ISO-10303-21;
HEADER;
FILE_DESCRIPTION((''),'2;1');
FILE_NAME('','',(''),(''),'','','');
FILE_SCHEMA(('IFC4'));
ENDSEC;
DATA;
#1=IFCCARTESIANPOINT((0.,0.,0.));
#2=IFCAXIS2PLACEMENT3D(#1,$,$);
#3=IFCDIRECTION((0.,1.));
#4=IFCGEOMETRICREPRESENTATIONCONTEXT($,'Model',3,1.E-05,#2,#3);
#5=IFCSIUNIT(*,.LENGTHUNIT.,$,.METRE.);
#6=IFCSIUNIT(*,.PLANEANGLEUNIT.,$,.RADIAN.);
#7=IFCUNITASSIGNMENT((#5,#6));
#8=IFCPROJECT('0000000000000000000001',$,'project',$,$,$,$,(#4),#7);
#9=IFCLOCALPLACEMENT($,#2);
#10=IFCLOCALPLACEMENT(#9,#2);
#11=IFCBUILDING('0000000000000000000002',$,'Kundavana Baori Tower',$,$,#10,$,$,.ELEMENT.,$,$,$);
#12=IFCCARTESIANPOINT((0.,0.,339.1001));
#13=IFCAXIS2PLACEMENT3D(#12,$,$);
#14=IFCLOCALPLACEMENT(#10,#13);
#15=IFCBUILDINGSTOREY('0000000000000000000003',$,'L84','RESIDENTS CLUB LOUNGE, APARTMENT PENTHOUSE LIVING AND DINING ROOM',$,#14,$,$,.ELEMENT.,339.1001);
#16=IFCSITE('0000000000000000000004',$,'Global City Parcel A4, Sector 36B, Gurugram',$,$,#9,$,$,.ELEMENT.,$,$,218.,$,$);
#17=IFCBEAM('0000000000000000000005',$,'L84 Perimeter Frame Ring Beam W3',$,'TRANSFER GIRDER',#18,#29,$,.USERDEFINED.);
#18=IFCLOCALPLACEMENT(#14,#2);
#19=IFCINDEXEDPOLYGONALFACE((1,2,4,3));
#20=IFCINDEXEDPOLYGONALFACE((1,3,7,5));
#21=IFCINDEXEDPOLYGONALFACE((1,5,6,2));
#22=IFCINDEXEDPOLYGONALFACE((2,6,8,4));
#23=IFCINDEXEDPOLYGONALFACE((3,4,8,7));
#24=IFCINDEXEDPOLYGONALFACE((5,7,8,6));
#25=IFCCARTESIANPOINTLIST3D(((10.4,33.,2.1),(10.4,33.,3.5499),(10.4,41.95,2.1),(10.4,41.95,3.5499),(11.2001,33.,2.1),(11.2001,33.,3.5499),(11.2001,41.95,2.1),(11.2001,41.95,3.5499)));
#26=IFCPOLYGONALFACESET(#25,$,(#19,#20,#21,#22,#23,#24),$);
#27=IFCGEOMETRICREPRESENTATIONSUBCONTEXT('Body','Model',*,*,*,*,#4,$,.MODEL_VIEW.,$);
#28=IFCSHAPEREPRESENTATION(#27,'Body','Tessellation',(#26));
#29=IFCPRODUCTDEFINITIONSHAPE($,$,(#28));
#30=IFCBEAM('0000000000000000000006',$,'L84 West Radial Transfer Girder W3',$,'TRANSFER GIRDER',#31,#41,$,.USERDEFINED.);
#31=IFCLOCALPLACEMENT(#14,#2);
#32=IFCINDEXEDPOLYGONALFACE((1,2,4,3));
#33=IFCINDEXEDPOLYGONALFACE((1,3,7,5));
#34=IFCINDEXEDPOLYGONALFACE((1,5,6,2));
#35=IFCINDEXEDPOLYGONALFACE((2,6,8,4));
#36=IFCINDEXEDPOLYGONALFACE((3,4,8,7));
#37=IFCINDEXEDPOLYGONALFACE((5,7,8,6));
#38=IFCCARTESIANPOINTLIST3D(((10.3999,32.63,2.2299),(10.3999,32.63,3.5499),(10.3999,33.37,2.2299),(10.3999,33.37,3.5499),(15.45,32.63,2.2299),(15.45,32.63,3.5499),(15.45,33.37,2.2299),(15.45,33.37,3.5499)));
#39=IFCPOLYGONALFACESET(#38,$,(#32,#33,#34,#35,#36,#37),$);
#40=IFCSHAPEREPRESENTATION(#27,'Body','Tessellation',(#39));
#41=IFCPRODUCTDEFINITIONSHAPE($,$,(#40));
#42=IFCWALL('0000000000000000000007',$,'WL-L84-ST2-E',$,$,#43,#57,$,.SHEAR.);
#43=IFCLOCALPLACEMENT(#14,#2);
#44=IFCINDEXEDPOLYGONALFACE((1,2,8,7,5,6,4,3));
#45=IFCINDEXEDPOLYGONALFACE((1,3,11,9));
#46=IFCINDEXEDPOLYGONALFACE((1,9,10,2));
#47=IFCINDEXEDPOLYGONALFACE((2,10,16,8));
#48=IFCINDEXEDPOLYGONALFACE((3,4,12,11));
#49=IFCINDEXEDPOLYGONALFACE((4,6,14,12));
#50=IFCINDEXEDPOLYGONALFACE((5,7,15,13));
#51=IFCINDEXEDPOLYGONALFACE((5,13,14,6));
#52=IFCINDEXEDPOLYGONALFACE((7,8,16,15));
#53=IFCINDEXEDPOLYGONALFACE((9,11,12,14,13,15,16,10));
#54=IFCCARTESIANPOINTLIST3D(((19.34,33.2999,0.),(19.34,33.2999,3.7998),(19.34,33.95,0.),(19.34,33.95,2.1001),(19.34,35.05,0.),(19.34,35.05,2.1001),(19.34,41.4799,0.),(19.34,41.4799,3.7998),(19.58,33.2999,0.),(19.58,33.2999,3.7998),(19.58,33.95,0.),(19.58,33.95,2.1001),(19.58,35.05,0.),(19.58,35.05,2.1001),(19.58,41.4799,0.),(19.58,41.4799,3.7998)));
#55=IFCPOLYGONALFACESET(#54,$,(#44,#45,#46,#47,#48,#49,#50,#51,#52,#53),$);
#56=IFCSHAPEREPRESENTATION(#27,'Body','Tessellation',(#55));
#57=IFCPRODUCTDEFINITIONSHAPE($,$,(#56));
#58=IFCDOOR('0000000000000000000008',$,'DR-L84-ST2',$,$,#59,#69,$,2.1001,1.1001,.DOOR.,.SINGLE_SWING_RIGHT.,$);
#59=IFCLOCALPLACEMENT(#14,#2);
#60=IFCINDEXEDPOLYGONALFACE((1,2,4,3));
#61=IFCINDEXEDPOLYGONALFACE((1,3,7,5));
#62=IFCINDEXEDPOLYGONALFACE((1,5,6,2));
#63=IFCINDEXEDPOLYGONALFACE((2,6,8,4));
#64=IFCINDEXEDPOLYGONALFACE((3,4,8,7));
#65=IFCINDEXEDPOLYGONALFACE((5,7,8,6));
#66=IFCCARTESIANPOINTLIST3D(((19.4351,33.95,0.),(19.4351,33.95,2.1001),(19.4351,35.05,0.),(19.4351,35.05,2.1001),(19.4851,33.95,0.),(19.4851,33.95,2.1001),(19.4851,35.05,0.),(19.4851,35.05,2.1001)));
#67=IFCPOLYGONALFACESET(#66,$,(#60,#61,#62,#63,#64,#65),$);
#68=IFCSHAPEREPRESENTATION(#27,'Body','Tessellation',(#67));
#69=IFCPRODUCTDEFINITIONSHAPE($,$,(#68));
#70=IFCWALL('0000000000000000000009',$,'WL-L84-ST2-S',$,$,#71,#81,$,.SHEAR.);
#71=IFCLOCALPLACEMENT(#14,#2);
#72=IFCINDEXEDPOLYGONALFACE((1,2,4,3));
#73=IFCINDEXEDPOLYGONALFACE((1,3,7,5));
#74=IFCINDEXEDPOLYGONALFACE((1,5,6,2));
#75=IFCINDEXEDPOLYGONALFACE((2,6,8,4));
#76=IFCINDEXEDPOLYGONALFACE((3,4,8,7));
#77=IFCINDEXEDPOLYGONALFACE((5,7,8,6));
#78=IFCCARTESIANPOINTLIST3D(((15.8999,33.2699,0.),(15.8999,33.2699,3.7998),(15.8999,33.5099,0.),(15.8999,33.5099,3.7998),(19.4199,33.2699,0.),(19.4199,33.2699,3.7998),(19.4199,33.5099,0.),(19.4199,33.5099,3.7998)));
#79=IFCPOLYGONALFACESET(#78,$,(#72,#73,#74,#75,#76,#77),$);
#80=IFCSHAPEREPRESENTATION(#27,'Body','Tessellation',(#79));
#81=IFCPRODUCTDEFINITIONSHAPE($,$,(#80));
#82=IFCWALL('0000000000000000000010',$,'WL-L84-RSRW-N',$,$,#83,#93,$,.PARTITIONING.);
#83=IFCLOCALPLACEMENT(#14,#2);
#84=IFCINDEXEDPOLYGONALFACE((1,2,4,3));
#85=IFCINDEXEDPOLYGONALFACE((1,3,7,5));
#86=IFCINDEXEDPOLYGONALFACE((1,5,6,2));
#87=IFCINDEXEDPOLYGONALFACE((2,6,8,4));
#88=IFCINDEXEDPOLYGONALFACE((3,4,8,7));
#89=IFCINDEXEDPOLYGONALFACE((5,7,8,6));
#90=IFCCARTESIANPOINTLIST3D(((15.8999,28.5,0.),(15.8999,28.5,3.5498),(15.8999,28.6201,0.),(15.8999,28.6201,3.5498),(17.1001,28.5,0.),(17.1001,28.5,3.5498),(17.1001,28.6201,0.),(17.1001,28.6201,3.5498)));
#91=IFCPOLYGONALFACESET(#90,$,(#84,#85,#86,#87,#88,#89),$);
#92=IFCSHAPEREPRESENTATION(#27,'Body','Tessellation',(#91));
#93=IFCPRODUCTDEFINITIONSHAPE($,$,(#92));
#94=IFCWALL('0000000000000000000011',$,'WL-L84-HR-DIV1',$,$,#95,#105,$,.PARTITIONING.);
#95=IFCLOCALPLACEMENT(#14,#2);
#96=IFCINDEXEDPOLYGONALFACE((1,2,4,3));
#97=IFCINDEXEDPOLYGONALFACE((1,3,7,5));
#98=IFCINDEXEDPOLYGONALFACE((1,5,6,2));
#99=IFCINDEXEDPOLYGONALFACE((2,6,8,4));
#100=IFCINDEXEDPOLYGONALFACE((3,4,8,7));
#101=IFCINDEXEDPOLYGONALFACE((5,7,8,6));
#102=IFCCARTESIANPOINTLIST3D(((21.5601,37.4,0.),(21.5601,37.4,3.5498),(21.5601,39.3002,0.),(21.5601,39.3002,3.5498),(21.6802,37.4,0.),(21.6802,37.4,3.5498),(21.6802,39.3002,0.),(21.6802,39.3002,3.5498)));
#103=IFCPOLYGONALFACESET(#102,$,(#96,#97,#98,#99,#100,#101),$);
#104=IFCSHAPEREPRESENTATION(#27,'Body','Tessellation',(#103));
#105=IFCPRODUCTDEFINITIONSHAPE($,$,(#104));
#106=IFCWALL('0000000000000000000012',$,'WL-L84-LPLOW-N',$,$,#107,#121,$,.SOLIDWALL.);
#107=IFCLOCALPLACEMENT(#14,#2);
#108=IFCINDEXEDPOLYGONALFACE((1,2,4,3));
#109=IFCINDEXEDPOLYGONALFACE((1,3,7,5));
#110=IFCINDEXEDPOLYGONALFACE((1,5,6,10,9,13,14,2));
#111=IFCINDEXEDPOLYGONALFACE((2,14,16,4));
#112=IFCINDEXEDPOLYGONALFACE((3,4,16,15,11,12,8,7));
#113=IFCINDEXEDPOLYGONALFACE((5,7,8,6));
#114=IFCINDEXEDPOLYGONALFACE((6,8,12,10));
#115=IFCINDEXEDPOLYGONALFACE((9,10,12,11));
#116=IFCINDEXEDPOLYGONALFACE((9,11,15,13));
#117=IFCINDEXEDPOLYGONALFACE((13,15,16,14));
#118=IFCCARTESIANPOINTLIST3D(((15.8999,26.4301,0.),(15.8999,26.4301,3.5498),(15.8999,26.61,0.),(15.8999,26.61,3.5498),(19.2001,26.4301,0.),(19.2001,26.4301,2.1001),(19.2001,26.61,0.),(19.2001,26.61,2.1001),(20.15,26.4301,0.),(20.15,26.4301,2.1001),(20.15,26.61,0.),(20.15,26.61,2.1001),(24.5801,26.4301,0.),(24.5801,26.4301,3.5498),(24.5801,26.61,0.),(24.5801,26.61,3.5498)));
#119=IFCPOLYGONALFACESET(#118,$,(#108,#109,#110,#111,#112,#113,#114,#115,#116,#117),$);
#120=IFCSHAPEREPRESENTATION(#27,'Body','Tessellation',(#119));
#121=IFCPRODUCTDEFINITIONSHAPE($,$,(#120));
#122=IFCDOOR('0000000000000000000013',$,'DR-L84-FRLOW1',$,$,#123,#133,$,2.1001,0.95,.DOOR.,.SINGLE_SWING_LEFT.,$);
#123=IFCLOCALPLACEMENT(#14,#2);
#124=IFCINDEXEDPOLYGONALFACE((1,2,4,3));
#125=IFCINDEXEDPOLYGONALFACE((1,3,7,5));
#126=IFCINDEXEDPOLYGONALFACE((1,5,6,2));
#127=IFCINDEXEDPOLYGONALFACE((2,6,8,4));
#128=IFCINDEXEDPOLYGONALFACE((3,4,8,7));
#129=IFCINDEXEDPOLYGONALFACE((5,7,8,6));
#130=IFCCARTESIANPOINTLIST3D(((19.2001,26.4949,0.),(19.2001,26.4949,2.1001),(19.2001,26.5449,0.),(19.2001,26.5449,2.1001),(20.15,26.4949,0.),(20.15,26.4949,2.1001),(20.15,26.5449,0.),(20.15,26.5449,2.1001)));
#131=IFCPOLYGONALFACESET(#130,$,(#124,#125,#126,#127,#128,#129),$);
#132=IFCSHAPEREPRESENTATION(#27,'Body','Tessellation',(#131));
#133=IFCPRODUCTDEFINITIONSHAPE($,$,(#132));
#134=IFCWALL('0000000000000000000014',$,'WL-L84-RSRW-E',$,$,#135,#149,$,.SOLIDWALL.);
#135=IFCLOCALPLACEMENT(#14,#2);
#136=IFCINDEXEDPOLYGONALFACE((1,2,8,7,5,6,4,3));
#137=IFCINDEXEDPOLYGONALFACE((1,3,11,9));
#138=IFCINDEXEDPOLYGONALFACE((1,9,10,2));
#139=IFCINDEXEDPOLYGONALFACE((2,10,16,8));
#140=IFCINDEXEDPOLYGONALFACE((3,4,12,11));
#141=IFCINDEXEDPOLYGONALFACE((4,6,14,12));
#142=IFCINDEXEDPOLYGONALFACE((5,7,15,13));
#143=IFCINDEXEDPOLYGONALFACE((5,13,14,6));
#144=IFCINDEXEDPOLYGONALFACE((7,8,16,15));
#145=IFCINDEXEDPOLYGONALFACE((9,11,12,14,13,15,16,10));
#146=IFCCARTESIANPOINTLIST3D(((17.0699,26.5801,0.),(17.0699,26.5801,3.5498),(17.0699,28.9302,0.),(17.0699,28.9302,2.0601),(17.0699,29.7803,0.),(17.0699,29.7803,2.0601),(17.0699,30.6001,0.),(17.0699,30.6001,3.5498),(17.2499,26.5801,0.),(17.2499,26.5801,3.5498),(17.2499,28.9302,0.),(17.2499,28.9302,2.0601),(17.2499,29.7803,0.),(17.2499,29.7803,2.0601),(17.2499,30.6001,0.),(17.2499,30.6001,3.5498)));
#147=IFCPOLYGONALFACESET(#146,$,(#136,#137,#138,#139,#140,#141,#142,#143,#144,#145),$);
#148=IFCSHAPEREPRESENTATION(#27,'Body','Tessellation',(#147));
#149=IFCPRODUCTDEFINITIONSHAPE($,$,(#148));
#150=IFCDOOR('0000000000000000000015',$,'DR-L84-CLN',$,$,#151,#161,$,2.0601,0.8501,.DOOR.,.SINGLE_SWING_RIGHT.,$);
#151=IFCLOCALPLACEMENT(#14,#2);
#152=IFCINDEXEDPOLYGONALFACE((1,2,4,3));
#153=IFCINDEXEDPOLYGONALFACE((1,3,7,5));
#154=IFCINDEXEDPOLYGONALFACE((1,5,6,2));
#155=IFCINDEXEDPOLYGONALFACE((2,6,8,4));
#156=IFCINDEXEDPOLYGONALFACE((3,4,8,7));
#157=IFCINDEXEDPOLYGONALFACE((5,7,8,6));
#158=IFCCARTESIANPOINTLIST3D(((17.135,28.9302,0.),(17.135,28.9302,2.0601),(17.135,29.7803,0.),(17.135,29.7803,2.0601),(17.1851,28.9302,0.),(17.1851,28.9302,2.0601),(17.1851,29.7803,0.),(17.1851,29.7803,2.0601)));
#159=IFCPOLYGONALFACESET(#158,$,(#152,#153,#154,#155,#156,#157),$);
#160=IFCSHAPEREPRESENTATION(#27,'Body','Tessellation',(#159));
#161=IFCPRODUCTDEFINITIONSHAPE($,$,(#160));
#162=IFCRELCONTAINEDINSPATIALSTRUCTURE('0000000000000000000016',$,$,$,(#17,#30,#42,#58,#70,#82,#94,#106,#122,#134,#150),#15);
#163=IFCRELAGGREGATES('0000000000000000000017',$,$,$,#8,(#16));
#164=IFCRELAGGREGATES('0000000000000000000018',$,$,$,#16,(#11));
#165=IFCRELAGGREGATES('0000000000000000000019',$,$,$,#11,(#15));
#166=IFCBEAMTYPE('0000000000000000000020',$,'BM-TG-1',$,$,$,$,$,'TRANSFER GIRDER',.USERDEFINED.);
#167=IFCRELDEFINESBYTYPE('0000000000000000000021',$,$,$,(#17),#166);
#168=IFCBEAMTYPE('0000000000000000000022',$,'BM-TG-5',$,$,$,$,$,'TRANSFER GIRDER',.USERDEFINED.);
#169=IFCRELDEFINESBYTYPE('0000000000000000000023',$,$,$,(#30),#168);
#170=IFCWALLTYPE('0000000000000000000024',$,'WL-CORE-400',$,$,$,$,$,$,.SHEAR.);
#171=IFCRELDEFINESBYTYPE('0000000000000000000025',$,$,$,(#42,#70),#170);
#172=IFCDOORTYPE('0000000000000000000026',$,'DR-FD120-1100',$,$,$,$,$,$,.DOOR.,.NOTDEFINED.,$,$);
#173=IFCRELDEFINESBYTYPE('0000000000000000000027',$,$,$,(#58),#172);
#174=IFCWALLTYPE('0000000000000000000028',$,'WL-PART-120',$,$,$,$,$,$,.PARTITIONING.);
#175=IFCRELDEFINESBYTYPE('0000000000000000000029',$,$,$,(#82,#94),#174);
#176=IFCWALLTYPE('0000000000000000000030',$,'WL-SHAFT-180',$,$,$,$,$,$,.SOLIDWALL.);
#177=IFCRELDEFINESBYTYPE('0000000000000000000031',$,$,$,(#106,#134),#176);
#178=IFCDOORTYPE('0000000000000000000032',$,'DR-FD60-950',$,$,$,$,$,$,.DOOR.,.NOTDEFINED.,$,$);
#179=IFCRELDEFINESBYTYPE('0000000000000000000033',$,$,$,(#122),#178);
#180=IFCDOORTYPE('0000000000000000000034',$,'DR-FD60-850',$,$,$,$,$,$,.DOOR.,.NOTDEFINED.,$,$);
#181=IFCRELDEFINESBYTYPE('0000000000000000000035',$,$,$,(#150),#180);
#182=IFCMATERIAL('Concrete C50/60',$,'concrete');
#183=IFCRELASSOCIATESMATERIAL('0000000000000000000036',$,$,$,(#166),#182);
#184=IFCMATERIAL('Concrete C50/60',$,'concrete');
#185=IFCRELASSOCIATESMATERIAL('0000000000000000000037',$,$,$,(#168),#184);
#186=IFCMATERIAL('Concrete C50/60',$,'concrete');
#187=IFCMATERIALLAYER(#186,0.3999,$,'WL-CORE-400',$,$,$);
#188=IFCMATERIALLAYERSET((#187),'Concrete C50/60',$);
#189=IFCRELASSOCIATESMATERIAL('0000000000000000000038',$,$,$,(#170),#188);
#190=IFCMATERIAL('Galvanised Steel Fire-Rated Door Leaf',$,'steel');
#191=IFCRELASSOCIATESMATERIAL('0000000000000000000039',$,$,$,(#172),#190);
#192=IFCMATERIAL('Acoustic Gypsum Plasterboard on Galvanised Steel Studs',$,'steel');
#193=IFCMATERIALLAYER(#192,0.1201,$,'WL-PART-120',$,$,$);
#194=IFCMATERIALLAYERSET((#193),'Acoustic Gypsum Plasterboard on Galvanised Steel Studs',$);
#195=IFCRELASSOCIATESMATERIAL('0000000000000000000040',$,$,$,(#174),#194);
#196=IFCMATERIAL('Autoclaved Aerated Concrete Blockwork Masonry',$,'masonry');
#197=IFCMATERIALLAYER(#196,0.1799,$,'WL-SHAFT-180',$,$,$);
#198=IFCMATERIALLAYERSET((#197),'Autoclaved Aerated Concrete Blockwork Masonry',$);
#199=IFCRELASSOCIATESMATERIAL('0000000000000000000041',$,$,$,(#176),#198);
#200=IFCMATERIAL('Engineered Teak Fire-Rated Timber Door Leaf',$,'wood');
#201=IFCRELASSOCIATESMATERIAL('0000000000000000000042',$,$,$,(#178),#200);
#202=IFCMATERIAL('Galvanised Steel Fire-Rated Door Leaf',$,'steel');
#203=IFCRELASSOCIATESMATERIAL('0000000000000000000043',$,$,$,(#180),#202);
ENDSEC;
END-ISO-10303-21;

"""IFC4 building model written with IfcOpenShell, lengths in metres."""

from ifc_helpers import new_model, si_unit, direction, frame, frame_2d, origin, origin_2d, place, context, subcontext, project, spatial, rectangle, extrude, material, layer, layer_set, material_profile, profile_set, type_object, element, fill, save


model = new_model("IFC4")

# Units and contexts
model_context = context("Model", 3, precision=1e-05, world=origin(), true_north=direction((0.0, 1.0)))
body_context = subcontext(model_context, "Body", "Model", "MODEL_VIEW")
ifc_project = project(units=[si_unit("LENGTHUNIT", "METRE"), si_unit("PLANEANGLEUNIT", "RADIAN")], contexts=[model_context])

# Site, building, storey
site_placement = place(None, origin())
site = spatial("IfcSite", under=ifc_project, at=site_placement, Name="Global City Parcel A4, Sector 36B, Gurugram", CompositionType="ELEMENT", RefElevation=218.0)
building_placement = place(site_placement, origin())
building = spatial("IfcBuilding", under=site, at=building_placement, Name="Kundavana Baori Tower", CompositionType="ELEMENT")
storey_placement = place(building_placement, frame((0.0, 0.0, 339.1001)))
storey = spatial("IfcBuildingStorey", under=building, at=storey_placement, Name="L84", Description="RESIDENTS CLUB LOUNGE, APARTMENT PENTHOUSE LIVING AND DINING ROOM", CompositionType="ELEMENT", Elevation=339.1001)

# Beams
ifc_material_1 = material(Name="Concrete C50/60", Category="concrete")
ifc_material_profile_1 = material_profile(ifc_material_1, rectangle(XDim=0.8, YDim=1.45, at=origin_2d()), Name="BM-TG-1")
ifc_profile_set_1 = profile_set([ifc_material_profile_1], Name="Concrete C50/60")
beam_type_1 = type_object("IfcBeamType", Name="BM-TG-1", ElementType="TRANSFER GIRDER", PredefinedType="USERDEFINED", material=ifc_profile_set_1)
beam_1_placement = place(storey_placement, frame((10.8, 33.0, 2.825), z_axis=(0.0, 1.0, 0.0), x_axis=(-1.0, 0.0, 0.0)))
element("IfcBeam", 1, at=beam_1_placement, inside=storey, type_object=beam_type_1, Name="L84 Perimeter Frame Ring Beam W3", ObjectType="TRANSFER GIRDER", PredefinedType="USERDEFINED", context=body_context, shape_type="SweptSolid", body=[
    extrude(rectangle(XDim=0.8, YDim=1.45, at=origin_2d()), origin(), (0.0, 0.0, 1.0), 8.95),
])
ifc_material_2 = material(Name="Concrete C50/60", Category="concrete")
ifc_material_profile_2 = material_profile(ifc_material_2, rectangle(XDim=0.74, YDim=1.3201, at=origin_2d()), Name="BM-TG-5")
ifc_profile_set_2 = profile_set([ifc_material_profile_2], Name="Concrete C50/60")
beam_type_2 = type_object("IfcBeamType", Name="BM-TG-5", ElementType="TRANSFER GIRDER", PredefinedType="USERDEFINED", material=ifc_profile_set_2)
beam_2_placement = place(storey_placement, frame((15.45, 33.0, 2.8899), z_axis=(-1.0, 0.0, 0.0), x_axis=(0.0, -1.0, 0.0)))
element("IfcBeam", 2, at=beam_2_placement, inside=storey, type_object=beam_type_2, Name="L84 West Radial Transfer Girder W3", ObjectType="TRANSFER GIRDER", PredefinedType="USERDEFINED", context=body_context, shape_type="SweptSolid", body=[
    extrude(rectangle(XDim=0.74, YDim=1.3201, at=origin_2d()), origin(), (0.0, 0.0, 1.0), 5.05),
])

# Wall, opening, door
ifc_material_3 = material(Name="Concrete C50/60", Category="concrete")
ifc_layer_1 = layer(ifc_material_3, 0.3999, Name="WL-CORE-400")
ifc_layer_set_1 = layer_set([ifc_layer_1], Name="Concrete C50/60")
wall_type_1 = type_object("IfcWallType", Name="WL-CORE-400", PredefinedType="SHEAR", material=ifc_layer_set_1)
wall_1_placement = place(storey_placement, frame((19.46, 33.3, 0.0), z_axis=(0.0, 0.0, 1.0), x_axis=(0.0, 1.0, 0.0)))
wall_1 = element("IfcWall", 3, at=wall_1_placement, inside=storey, type_object=wall_type_1, Name="WL-L84-ST2-E", PredefinedType="SHEAR", context=body_context, shape_type="SweptSolid", body=[
    extrude(rectangle(XDim=8.1799, YDim=0.24, at=frame_2d((4.0898, 0.0))), origin(), (0.0, 0.0, 1.0), 3.7998),
])
opening_1_placement = place(wall_1_placement, frame((0.6499, 0.0, 0.0)))
opening_1 = element("IfcOpeningElement", 4, at=opening_1_placement, cuts=wall_1, PredefinedType="OPENING", context=body_context, shape_type="SweptSolid", body=[
    extrude(rectangle(XDim=1.1001, YDim=2.1001, at=frame_2d((0.55, 1.05))), frame((0.0, 0.1299, 0.0), z_axis=(0.0, -1.0, 0.0), x_axis=(1.0, 0.0, 0.0)), (0.0, 0.0, 1.0), 0.26),
])
ifc_material_4 = material(Name="Galvanised Steel Fire-Rated Door Leaf", Category="steel")
door_type_1 = type_object("IfcDoorType", Name="DR-FD120-1100", OperationType="NOTDEFINED", PredefinedType="DOOR", material=ifc_material_4)
door_1_placement = place(opening_1_placement, origin())
door_1 = element("IfcDoor", 5, at=door_1_placement, inside=storey, type_object=door_type_1, Name="DR-L84-ST2", OperationType="SINGLE_SWING_RIGHT", OverallHeight=2.1001, OverallWidth=1.1001, PredefinedType="DOOR", context=body_context, shape_type="SweptSolid", body=[
    extrude(rectangle(XDim=1.1001, YDim=2.1001, at=frame_2d((0.55, 1.05))), frame((0.0, 0.0249, 0.0), z_axis=(0.0, -1.0, 0.0), x_axis=(1.0, 0.0, 0.0)), (0.0, 0.0, 1.0), 0.05),
])
fill(opening_1, door_1)

# Walls
wall_2_placement = place(storey_placement, frame((15.8999, 33.3899, 0.0), z_axis=(0.0, 0.0, 1.0), x_axis=(1.0, 0.0, 0.0)))
element("IfcWall", 6, at=wall_2_placement, inside=storey, type_object=wall_type_1, Name="WL-L84-ST2-S", PredefinedType="SHEAR", context=body_context, shape_type="SweptSolid", body=[
    extrude(rectangle(XDim=3.52, YDim=0.24, at=frame_2d((1.76, 0.0))), origin(), (0.0, 0.0, 1.0), 3.7998),
])
ifc_material_5 = material(Name="Acoustic Gypsum Plasterboard on Galvanised Steel Studs", Category="steel")
ifc_layer_2 = layer(ifc_material_5, 0.1201, Name="WL-PART-120")
ifc_layer_set_2 = layer_set([ifc_layer_2], Name="Acoustic Gypsum Plasterboard on Galvanised Steel Studs")
wall_type_2 = type_object("IfcWallType", Name="WL-PART-120", PredefinedType="PARTITIONING", material=ifc_layer_set_2)
wall_3_placement = place(storey_placement, frame((15.8999, 28.5601, 0.0), z_axis=(0.0, 0.0, 1.0), x_axis=(1.0, 0.0, 0.0)))
element("IfcWall", 7, at=wall_3_placement, inside=storey, type_object=wall_type_2, Name="WL-L84-RSRW-N", PredefinedType="PARTITIONING", context=body_context, shape_type="SweptSolid", body=[
    extrude(rectangle(XDim=1.2002, YDim=0.1201, at=frame_2d((0.6001, 0.0))), origin(), (0.0, 0.0, 1.0), 3.5498),
])
wall_4_placement = place(storey_placement, frame((21.6201, 37.3999, 0.0), z_axis=(0.0, 0.0, 1.0), x_axis=(0.0, 1.0, 0.0)))
element("IfcWall", 8, at=wall_4_placement, inside=storey, type_object=wall_type_2, Name="WL-L84-HR-DIV1", PredefinedType="PARTITIONING", context=body_context, shape_type="SweptSolid", body=[
    extrude(rectangle(XDim=1.9001, YDim=0.1201, at=frame_2d((0.9502, 0.0))), origin(), (0.0, 0.0, 1.0), 3.5498),
])

# Walls, openings, doors
ifc_material_6 = material(Name="Autoclaved Aerated Concrete Blockwork Masonry", Category="masonry")
ifc_layer_3 = layer(ifc_material_6, 0.1799, Name="WL-SHAFT-180")
ifc_layer_set_3 = layer_set([ifc_layer_3], Name="Autoclaved Aerated Concrete Blockwork Masonry")
wall_type_3 = type_object("IfcWallType", Name="WL-SHAFT-180", PredefinedType="SOLIDWALL", material=ifc_layer_set_3)
wall_5_placement = place(storey_placement, frame((15.8999, 26.52, 0.0), z_axis=(0.0, 0.0, 1.0), x_axis=(1.0, 0.0, 0.0)))
wall_5 = element("IfcWall", 9, at=wall_5_placement, inside=storey, type_object=wall_type_3, Name="WL-L84-LPLOW-N", PredefinedType="SOLIDWALL", context=body_context, shape_type="SweptSolid", body=[
    extrude(rectangle(XDim=8.6802, YDim=0.1799, at=frame_2d((4.3401, 0.0))), origin(), (0.0, 0.0, 1.0), 3.5498),
])
opening_2_placement = place(wall_5_placement, frame((3.3, 0.0, 0.0)))
opening_2 = element("IfcOpeningElement", 10, at=opening_2_placement, cuts=wall_5, PredefinedType="OPENING", context=body_context, shape_type="SweptSolid", body=[
    extrude(rectangle(XDim=0.95, YDim=2.1001, at=frame_2d((0.4751, 1.05))), frame((0.0, 0.1001, 0.0), z_axis=(0.0, -1.0, 0.0), x_axis=(1.0, 0.0, 0.0)), (0.0, 0.0, 1.0), 0.2),
])
ifc_material_7 = material(Name="Engineered Teak Fire-Rated Timber Door Leaf", Category="wood")
door_type_2 = type_object("IfcDoorType", Name="DR-FD60-950", OperationType="NOTDEFINED", PredefinedType="DOOR", material=ifc_material_7)
door_2_placement = place(opening_2_placement, origin())
door_2 = element("IfcDoor", 11, at=door_2_placement, inside=storey, type_object=door_type_2, Name="DR-L84-FRLOW1", OperationType="SINGLE_SWING_LEFT", OverallHeight=2.1001, OverallWidth=0.95, PredefinedType="DOOR", context=body_context, shape_type="SweptSolid", body=[
    extrude(rectangle(XDim=0.95, YDim=2.1001, at=frame_2d((0.4751, 1.05))), frame((0.0, 0.0249, 0.0), z_axis=(0.0, -1.0, 0.0), x_axis=(1.0, 0.0, 0.0)), (0.0, 0.0, 1.0), 0.05),
])
fill(opening_2, door_2)
wall_6_placement = place(storey_placement, frame((17.1599, 26.5801, 0.0), z_axis=(0.0, 0.0, 1.0), x_axis=(0.0, 1.0, 0.0)))
wall_6 = element("IfcWall", 12, at=wall_6_placement, inside=storey, type_object=wall_type_3, Name="WL-L84-RSRW-E", PredefinedType="SOLIDWALL", context=body_context, shape_type="SweptSolid", body=[
    extrude(rectangle(XDim=4.02, YDim=0.1799, at=frame_2d((2.01, 0.0))), origin(), (0.0, 0.0, 1.0), 3.5498),
])
opening_3_placement = place(wall_6_placement, frame((2.3501, 0.0, 0.0)))
opening_3 = element("IfcOpeningElement", 13, at=opening_3_placement, cuts=wall_6, PredefinedType="OPENING", context=body_context, shape_type="SweptSolid", body=[
    extrude(rectangle(XDim=0.8501, YDim=2.0601, at=frame_2d((0.425, 1.03))), frame((0.0, 0.1001, 0.0), z_axis=(0.0, -1.0, 0.0), x_axis=(1.0, 0.0, 0.0)), (0.0, 0.0, 1.0), 0.2),
])
ifc_material_8 = material(Name="Galvanised Steel Fire-Rated Door Leaf", Category="steel")
door_type_3 = type_object("IfcDoorType", Name="DR-FD60-850", OperationType="NOTDEFINED", PredefinedType="DOOR", material=ifc_material_8)
door_3_placement = place(opening_3_placement, origin())
door_3 = element("IfcDoor", 14, at=door_3_placement, inside=storey, type_object=door_type_3, Name="DR-L84-CLN", OperationType="SINGLE_SWING_RIGHT", OverallHeight=2.0601, OverallWidth=0.8501, PredefinedType="DOOR", context=body_context, shape_type="SweptSolid", body=[
    extrude(rectangle(XDim=0.8501, YDim=2.0601, at=frame_2d((0.425, 1.03))), frame((0.0, 0.0249, 0.0), z_axis=(0.0, -1.0, 0.0), x_axis=(1.0, 0.0, 0.0)), (0.0, 0.0, 1.0), 0.05),
])
fill(opening_3, door_3)

save(model, "model.ifc")
